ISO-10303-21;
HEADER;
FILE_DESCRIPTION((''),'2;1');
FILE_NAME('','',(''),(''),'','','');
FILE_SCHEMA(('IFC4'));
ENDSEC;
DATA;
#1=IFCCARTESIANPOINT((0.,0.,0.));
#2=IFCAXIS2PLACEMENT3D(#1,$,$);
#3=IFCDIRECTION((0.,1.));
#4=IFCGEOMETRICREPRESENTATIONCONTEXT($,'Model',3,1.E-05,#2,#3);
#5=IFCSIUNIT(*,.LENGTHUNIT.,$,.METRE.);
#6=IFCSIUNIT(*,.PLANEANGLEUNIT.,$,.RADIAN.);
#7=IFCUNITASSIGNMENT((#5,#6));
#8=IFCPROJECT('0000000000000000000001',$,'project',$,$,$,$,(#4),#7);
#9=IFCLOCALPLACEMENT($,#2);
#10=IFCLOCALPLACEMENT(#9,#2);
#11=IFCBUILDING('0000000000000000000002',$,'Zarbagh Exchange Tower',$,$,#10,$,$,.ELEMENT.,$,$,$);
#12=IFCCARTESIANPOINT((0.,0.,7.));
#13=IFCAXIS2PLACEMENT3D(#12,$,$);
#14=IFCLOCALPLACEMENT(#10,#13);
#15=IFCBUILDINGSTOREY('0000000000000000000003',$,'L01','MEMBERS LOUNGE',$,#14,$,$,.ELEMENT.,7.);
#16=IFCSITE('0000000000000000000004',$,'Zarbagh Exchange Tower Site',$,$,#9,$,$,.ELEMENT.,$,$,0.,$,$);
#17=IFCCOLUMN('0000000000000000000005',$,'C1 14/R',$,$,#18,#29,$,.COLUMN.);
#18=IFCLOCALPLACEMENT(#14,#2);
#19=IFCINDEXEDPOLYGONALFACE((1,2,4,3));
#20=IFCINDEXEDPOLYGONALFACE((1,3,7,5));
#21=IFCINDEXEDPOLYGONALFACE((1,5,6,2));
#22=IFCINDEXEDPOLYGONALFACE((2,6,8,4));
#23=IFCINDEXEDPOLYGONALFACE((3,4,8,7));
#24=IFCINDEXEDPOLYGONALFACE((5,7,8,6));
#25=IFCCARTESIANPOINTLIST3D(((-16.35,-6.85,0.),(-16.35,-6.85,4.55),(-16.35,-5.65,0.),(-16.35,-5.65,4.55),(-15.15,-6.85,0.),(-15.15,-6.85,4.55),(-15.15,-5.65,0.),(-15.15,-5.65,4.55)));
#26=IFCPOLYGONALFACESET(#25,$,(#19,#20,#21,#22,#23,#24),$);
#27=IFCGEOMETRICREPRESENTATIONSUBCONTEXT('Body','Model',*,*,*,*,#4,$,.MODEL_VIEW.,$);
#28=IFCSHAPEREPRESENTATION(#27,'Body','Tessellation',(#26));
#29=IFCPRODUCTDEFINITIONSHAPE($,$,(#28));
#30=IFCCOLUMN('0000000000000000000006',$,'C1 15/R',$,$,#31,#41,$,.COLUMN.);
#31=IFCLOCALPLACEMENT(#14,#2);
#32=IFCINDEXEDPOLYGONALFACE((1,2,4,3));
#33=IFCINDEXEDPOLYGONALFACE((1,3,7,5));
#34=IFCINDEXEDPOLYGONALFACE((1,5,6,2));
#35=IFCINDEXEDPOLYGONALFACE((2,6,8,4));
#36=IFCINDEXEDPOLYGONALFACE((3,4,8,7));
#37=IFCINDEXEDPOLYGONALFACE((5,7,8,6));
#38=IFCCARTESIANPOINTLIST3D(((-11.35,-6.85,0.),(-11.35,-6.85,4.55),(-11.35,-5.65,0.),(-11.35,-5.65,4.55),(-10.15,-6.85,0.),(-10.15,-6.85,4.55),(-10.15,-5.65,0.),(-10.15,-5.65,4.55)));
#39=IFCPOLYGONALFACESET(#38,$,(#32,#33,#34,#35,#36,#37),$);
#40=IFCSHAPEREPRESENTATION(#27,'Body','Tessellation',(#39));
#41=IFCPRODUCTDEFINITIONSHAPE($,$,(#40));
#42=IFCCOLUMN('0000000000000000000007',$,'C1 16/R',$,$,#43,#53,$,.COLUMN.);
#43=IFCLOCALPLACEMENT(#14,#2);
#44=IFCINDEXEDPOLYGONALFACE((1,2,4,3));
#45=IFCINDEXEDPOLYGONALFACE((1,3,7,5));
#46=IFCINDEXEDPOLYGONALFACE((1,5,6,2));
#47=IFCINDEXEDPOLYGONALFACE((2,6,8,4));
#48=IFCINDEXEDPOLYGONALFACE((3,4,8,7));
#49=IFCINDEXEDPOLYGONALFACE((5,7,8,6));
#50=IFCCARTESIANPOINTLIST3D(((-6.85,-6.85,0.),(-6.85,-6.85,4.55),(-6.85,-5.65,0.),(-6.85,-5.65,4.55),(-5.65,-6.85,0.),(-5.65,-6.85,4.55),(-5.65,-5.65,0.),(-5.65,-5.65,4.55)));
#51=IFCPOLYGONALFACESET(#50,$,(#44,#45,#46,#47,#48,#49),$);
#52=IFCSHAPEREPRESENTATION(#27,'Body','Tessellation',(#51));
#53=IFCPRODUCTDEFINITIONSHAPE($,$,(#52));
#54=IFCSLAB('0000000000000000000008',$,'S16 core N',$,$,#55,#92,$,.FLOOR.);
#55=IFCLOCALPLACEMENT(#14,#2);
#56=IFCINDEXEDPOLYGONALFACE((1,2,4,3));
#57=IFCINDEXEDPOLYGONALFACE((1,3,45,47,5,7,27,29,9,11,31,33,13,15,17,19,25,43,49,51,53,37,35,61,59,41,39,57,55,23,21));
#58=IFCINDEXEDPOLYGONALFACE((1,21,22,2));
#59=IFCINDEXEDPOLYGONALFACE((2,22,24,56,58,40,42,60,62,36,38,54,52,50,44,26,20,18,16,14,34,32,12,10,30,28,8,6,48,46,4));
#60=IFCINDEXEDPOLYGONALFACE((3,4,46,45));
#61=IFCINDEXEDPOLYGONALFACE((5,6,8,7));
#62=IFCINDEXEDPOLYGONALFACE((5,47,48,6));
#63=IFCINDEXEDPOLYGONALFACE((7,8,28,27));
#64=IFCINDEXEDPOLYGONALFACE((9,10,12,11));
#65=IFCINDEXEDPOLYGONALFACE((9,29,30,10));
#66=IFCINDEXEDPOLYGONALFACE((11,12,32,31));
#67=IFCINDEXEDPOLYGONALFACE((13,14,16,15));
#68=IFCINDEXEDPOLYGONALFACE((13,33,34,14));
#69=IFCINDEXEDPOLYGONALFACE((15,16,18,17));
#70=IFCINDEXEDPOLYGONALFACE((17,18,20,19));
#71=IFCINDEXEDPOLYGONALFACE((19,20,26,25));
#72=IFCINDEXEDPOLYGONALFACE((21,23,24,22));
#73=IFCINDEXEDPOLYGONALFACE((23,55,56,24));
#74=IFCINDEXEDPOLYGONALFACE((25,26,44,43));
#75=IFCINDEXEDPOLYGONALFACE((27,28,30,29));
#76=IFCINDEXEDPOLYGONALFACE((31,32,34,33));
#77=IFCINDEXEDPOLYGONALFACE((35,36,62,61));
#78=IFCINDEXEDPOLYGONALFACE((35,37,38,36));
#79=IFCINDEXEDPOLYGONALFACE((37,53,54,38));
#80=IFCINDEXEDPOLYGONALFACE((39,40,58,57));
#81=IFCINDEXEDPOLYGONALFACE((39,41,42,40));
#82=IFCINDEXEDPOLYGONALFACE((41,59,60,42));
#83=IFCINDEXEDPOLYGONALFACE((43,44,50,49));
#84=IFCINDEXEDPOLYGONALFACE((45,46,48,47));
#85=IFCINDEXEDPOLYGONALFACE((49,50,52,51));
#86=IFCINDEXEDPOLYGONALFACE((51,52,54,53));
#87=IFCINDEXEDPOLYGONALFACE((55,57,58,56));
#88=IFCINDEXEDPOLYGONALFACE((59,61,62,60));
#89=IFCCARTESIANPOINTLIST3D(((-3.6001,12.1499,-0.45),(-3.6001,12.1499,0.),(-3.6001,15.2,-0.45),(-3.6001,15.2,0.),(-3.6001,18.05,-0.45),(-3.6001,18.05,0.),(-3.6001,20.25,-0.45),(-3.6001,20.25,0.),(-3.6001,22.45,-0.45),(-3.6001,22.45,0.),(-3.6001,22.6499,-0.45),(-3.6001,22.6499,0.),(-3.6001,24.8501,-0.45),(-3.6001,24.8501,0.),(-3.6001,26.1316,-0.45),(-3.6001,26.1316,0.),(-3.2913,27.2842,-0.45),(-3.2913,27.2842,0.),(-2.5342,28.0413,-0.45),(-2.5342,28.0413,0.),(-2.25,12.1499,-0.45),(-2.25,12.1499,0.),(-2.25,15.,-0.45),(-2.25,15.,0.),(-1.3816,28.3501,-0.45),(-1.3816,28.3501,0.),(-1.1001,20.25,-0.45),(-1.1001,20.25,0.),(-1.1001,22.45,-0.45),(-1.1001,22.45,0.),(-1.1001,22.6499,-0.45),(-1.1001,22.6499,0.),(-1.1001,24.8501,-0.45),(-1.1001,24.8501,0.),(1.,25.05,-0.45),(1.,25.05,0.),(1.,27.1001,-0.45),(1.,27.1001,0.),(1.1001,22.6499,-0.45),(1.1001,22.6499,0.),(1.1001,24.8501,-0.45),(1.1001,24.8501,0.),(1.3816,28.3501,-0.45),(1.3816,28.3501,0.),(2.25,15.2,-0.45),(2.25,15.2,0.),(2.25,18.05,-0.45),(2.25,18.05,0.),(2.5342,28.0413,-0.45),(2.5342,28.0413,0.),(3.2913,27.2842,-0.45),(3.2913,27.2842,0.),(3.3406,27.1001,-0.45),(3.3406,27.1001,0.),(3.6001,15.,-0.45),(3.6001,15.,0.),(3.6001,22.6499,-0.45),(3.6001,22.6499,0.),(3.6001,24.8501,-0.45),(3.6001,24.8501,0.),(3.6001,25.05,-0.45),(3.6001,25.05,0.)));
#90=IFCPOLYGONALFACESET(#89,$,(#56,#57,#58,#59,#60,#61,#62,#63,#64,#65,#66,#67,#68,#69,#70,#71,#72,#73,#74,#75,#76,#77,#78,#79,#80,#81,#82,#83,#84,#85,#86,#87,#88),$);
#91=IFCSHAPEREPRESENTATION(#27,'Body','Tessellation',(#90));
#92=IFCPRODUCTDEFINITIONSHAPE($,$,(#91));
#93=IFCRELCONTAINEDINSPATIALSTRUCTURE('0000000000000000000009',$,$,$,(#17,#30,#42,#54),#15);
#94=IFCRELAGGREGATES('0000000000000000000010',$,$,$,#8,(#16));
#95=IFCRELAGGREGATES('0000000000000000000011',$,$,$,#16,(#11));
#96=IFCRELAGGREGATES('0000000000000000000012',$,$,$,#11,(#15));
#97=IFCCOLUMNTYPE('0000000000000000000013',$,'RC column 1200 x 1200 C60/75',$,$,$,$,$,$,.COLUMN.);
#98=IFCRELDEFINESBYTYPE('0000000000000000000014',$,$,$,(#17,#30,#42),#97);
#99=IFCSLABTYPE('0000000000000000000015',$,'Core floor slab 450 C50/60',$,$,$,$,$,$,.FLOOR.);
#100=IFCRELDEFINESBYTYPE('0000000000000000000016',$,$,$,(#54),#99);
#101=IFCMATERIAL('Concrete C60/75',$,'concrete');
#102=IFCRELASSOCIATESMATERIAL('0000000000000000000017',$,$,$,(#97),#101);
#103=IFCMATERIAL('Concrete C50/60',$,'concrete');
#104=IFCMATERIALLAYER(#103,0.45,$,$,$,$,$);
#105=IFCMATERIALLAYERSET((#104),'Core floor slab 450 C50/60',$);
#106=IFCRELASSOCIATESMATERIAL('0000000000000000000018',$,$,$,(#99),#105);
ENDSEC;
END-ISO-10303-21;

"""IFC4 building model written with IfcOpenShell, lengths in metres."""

from ifc_helpers import new_model, si_unit, direction, frame, origin, origin_2d, place, context, subcontext, project, spatial, polyline, rectangle, outline, extrude, material, layer, layer_set, material_profile, profile_set, type_object, element, save


model = new_model("IFC4")

# Units and contexts
model_context = context("Model", 3, precision=1e-05, world=origin(), true_north=direction((0.0, 1.0)))
body_context = subcontext(model_context, "Body", "Model", "MODEL_VIEW")
ifc_project = project(units=[si_unit("LENGTHUNIT", "METRE"), si_unit("PLANEANGLEUNIT", "RADIAN")], contexts=[model_context])

# Site, building, storey
site_placement = place(None, origin())
site = spatial("IfcSite", under=ifc_project, at=site_placement, Name="Zarbagh Exchange Tower Site", CompositionType="ELEMENT", RefElevation=0.0)
building_placement = place(site_placement, origin())
building = spatial("IfcBuilding", under=site, at=building_placement, Name="Zarbagh Exchange Tower", CompositionType="ELEMENT")
storey_placement = place(building_placement, frame((0.0, 0.0, 7.0)))
storey = spatial("IfcBuildingStorey", under=building, at=storey_placement, Name="L01", Description="MEMBERS LOUNGE", CompositionType="ELEMENT", Elevation=7.0)

# Columns
ifc_material_1 = material(Name="Concrete C60/75", Category="concrete")
ifc_material_profile = material_profile(ifc_material_1, rectangle(XDim=1.2, YDim=1.2, at=origin_2d()), Name="RC column 1200 x 1200 C60/75")
ifc_profile_set = profile_set([ifc_material_profile], Name="Concrete C60/75")
column_type = type_object("IfcColumnType", Name="RC column 1200 x 1200 C60/75", PredefinedType="COLUMN", material=ifc_profile_set)
for number, where, z_axis, x_axis, name in (
    (1, (-15.75, -6.25, 0.0), (0.0, 0.0, 1.0), (1.0, 0.0, 0.0), "C1 14/R"),
    (2, (-10.75, -6.25, 0.0), (0.0, 0.0, 1.0), (1.0, 0.0, 0.0), "C1 15/R"),
    (3, (-6.25, -6.25, 0.0), (0.0, 0.0, 1.0), (1.0, 0.0, 0.0), "C1 16/R"),
):
    element("IfcColumn", number, at=place(storey_placement, frame(where, z_axis=z_axis, x_axis=x_axis)), inside=storey, type_object=column_type, Name=name, PredefinedType="COLUMN", context=body_context, shape_type="SweptSolid", body=[
        extrude(rectangle(XDim=1.2, YDim=1.2, at=origin_2d()), origin(), (0.0, 0.0, 1.0), 4.55),
    ])

# Slab
ifc_material_2 = material(Name="Concrete C50/60", Category="concrete")
ifc_layer_1 = layer(ifc_material_2, 0.45)
ifc_layer_set_1 = layer_set([ifc_layer_1], Name="Core floor slab 450 C50/60")
slab_type_1 = type_object("IfcSlabType", Name="Core floor slab 450 C50/60", PredefinedType="FLOOR", material=ifc_layer_set_1)
slab_1_placement = place(storey_placement, frame((0.0, 0.0, -0.45)))
element("IfcSlab", 4, at=slab_1_placement, inside=storey, type_object=slab_type_1, Name="S16 core N", PredefinedType="FLOOR", context=body_context, shape_type="SweptSolid", body=[
    extrude(outline(polyline([(-3.6001, 12.1499), (-3.6001, 15.2), (2.25, 15.2), (2.25, 18.05), (-3.6001, 18.05), (-3.6001, 20.25), (-1.1001, 20.25), (-1.1001, 22.45), (-3.6001, 22.45), (-3.6001, 22.6499), (-1.1001, 22.6499), (-1.1001, 24.8501), (-3.6001, 24.8501), (-3.6001, 26.1316), (-3.2913, 27.2842), (-2.5342, 28.0413), (-1.3816, 28.3501), (1.3816, 28.3501), (2.5342, 28.0413), (3.2913, 27.2842), (3.3406, 27.1001), (1.0, 27.1001), (1.0, 25.05), (3.6001, 25.05), (3.6001, 24.8501), (1.1001, 24.8501), (1.1001, 22.6499), (3.6001, 22.6499), (3.6001, 15.0), (-2.25, 15.0), (-2.25, 12.1499), (-3.6001, 12.1499)])), origin(), (0.0, 0.0, 1.0), 0.45),
])

save(model, "model.ifc")
